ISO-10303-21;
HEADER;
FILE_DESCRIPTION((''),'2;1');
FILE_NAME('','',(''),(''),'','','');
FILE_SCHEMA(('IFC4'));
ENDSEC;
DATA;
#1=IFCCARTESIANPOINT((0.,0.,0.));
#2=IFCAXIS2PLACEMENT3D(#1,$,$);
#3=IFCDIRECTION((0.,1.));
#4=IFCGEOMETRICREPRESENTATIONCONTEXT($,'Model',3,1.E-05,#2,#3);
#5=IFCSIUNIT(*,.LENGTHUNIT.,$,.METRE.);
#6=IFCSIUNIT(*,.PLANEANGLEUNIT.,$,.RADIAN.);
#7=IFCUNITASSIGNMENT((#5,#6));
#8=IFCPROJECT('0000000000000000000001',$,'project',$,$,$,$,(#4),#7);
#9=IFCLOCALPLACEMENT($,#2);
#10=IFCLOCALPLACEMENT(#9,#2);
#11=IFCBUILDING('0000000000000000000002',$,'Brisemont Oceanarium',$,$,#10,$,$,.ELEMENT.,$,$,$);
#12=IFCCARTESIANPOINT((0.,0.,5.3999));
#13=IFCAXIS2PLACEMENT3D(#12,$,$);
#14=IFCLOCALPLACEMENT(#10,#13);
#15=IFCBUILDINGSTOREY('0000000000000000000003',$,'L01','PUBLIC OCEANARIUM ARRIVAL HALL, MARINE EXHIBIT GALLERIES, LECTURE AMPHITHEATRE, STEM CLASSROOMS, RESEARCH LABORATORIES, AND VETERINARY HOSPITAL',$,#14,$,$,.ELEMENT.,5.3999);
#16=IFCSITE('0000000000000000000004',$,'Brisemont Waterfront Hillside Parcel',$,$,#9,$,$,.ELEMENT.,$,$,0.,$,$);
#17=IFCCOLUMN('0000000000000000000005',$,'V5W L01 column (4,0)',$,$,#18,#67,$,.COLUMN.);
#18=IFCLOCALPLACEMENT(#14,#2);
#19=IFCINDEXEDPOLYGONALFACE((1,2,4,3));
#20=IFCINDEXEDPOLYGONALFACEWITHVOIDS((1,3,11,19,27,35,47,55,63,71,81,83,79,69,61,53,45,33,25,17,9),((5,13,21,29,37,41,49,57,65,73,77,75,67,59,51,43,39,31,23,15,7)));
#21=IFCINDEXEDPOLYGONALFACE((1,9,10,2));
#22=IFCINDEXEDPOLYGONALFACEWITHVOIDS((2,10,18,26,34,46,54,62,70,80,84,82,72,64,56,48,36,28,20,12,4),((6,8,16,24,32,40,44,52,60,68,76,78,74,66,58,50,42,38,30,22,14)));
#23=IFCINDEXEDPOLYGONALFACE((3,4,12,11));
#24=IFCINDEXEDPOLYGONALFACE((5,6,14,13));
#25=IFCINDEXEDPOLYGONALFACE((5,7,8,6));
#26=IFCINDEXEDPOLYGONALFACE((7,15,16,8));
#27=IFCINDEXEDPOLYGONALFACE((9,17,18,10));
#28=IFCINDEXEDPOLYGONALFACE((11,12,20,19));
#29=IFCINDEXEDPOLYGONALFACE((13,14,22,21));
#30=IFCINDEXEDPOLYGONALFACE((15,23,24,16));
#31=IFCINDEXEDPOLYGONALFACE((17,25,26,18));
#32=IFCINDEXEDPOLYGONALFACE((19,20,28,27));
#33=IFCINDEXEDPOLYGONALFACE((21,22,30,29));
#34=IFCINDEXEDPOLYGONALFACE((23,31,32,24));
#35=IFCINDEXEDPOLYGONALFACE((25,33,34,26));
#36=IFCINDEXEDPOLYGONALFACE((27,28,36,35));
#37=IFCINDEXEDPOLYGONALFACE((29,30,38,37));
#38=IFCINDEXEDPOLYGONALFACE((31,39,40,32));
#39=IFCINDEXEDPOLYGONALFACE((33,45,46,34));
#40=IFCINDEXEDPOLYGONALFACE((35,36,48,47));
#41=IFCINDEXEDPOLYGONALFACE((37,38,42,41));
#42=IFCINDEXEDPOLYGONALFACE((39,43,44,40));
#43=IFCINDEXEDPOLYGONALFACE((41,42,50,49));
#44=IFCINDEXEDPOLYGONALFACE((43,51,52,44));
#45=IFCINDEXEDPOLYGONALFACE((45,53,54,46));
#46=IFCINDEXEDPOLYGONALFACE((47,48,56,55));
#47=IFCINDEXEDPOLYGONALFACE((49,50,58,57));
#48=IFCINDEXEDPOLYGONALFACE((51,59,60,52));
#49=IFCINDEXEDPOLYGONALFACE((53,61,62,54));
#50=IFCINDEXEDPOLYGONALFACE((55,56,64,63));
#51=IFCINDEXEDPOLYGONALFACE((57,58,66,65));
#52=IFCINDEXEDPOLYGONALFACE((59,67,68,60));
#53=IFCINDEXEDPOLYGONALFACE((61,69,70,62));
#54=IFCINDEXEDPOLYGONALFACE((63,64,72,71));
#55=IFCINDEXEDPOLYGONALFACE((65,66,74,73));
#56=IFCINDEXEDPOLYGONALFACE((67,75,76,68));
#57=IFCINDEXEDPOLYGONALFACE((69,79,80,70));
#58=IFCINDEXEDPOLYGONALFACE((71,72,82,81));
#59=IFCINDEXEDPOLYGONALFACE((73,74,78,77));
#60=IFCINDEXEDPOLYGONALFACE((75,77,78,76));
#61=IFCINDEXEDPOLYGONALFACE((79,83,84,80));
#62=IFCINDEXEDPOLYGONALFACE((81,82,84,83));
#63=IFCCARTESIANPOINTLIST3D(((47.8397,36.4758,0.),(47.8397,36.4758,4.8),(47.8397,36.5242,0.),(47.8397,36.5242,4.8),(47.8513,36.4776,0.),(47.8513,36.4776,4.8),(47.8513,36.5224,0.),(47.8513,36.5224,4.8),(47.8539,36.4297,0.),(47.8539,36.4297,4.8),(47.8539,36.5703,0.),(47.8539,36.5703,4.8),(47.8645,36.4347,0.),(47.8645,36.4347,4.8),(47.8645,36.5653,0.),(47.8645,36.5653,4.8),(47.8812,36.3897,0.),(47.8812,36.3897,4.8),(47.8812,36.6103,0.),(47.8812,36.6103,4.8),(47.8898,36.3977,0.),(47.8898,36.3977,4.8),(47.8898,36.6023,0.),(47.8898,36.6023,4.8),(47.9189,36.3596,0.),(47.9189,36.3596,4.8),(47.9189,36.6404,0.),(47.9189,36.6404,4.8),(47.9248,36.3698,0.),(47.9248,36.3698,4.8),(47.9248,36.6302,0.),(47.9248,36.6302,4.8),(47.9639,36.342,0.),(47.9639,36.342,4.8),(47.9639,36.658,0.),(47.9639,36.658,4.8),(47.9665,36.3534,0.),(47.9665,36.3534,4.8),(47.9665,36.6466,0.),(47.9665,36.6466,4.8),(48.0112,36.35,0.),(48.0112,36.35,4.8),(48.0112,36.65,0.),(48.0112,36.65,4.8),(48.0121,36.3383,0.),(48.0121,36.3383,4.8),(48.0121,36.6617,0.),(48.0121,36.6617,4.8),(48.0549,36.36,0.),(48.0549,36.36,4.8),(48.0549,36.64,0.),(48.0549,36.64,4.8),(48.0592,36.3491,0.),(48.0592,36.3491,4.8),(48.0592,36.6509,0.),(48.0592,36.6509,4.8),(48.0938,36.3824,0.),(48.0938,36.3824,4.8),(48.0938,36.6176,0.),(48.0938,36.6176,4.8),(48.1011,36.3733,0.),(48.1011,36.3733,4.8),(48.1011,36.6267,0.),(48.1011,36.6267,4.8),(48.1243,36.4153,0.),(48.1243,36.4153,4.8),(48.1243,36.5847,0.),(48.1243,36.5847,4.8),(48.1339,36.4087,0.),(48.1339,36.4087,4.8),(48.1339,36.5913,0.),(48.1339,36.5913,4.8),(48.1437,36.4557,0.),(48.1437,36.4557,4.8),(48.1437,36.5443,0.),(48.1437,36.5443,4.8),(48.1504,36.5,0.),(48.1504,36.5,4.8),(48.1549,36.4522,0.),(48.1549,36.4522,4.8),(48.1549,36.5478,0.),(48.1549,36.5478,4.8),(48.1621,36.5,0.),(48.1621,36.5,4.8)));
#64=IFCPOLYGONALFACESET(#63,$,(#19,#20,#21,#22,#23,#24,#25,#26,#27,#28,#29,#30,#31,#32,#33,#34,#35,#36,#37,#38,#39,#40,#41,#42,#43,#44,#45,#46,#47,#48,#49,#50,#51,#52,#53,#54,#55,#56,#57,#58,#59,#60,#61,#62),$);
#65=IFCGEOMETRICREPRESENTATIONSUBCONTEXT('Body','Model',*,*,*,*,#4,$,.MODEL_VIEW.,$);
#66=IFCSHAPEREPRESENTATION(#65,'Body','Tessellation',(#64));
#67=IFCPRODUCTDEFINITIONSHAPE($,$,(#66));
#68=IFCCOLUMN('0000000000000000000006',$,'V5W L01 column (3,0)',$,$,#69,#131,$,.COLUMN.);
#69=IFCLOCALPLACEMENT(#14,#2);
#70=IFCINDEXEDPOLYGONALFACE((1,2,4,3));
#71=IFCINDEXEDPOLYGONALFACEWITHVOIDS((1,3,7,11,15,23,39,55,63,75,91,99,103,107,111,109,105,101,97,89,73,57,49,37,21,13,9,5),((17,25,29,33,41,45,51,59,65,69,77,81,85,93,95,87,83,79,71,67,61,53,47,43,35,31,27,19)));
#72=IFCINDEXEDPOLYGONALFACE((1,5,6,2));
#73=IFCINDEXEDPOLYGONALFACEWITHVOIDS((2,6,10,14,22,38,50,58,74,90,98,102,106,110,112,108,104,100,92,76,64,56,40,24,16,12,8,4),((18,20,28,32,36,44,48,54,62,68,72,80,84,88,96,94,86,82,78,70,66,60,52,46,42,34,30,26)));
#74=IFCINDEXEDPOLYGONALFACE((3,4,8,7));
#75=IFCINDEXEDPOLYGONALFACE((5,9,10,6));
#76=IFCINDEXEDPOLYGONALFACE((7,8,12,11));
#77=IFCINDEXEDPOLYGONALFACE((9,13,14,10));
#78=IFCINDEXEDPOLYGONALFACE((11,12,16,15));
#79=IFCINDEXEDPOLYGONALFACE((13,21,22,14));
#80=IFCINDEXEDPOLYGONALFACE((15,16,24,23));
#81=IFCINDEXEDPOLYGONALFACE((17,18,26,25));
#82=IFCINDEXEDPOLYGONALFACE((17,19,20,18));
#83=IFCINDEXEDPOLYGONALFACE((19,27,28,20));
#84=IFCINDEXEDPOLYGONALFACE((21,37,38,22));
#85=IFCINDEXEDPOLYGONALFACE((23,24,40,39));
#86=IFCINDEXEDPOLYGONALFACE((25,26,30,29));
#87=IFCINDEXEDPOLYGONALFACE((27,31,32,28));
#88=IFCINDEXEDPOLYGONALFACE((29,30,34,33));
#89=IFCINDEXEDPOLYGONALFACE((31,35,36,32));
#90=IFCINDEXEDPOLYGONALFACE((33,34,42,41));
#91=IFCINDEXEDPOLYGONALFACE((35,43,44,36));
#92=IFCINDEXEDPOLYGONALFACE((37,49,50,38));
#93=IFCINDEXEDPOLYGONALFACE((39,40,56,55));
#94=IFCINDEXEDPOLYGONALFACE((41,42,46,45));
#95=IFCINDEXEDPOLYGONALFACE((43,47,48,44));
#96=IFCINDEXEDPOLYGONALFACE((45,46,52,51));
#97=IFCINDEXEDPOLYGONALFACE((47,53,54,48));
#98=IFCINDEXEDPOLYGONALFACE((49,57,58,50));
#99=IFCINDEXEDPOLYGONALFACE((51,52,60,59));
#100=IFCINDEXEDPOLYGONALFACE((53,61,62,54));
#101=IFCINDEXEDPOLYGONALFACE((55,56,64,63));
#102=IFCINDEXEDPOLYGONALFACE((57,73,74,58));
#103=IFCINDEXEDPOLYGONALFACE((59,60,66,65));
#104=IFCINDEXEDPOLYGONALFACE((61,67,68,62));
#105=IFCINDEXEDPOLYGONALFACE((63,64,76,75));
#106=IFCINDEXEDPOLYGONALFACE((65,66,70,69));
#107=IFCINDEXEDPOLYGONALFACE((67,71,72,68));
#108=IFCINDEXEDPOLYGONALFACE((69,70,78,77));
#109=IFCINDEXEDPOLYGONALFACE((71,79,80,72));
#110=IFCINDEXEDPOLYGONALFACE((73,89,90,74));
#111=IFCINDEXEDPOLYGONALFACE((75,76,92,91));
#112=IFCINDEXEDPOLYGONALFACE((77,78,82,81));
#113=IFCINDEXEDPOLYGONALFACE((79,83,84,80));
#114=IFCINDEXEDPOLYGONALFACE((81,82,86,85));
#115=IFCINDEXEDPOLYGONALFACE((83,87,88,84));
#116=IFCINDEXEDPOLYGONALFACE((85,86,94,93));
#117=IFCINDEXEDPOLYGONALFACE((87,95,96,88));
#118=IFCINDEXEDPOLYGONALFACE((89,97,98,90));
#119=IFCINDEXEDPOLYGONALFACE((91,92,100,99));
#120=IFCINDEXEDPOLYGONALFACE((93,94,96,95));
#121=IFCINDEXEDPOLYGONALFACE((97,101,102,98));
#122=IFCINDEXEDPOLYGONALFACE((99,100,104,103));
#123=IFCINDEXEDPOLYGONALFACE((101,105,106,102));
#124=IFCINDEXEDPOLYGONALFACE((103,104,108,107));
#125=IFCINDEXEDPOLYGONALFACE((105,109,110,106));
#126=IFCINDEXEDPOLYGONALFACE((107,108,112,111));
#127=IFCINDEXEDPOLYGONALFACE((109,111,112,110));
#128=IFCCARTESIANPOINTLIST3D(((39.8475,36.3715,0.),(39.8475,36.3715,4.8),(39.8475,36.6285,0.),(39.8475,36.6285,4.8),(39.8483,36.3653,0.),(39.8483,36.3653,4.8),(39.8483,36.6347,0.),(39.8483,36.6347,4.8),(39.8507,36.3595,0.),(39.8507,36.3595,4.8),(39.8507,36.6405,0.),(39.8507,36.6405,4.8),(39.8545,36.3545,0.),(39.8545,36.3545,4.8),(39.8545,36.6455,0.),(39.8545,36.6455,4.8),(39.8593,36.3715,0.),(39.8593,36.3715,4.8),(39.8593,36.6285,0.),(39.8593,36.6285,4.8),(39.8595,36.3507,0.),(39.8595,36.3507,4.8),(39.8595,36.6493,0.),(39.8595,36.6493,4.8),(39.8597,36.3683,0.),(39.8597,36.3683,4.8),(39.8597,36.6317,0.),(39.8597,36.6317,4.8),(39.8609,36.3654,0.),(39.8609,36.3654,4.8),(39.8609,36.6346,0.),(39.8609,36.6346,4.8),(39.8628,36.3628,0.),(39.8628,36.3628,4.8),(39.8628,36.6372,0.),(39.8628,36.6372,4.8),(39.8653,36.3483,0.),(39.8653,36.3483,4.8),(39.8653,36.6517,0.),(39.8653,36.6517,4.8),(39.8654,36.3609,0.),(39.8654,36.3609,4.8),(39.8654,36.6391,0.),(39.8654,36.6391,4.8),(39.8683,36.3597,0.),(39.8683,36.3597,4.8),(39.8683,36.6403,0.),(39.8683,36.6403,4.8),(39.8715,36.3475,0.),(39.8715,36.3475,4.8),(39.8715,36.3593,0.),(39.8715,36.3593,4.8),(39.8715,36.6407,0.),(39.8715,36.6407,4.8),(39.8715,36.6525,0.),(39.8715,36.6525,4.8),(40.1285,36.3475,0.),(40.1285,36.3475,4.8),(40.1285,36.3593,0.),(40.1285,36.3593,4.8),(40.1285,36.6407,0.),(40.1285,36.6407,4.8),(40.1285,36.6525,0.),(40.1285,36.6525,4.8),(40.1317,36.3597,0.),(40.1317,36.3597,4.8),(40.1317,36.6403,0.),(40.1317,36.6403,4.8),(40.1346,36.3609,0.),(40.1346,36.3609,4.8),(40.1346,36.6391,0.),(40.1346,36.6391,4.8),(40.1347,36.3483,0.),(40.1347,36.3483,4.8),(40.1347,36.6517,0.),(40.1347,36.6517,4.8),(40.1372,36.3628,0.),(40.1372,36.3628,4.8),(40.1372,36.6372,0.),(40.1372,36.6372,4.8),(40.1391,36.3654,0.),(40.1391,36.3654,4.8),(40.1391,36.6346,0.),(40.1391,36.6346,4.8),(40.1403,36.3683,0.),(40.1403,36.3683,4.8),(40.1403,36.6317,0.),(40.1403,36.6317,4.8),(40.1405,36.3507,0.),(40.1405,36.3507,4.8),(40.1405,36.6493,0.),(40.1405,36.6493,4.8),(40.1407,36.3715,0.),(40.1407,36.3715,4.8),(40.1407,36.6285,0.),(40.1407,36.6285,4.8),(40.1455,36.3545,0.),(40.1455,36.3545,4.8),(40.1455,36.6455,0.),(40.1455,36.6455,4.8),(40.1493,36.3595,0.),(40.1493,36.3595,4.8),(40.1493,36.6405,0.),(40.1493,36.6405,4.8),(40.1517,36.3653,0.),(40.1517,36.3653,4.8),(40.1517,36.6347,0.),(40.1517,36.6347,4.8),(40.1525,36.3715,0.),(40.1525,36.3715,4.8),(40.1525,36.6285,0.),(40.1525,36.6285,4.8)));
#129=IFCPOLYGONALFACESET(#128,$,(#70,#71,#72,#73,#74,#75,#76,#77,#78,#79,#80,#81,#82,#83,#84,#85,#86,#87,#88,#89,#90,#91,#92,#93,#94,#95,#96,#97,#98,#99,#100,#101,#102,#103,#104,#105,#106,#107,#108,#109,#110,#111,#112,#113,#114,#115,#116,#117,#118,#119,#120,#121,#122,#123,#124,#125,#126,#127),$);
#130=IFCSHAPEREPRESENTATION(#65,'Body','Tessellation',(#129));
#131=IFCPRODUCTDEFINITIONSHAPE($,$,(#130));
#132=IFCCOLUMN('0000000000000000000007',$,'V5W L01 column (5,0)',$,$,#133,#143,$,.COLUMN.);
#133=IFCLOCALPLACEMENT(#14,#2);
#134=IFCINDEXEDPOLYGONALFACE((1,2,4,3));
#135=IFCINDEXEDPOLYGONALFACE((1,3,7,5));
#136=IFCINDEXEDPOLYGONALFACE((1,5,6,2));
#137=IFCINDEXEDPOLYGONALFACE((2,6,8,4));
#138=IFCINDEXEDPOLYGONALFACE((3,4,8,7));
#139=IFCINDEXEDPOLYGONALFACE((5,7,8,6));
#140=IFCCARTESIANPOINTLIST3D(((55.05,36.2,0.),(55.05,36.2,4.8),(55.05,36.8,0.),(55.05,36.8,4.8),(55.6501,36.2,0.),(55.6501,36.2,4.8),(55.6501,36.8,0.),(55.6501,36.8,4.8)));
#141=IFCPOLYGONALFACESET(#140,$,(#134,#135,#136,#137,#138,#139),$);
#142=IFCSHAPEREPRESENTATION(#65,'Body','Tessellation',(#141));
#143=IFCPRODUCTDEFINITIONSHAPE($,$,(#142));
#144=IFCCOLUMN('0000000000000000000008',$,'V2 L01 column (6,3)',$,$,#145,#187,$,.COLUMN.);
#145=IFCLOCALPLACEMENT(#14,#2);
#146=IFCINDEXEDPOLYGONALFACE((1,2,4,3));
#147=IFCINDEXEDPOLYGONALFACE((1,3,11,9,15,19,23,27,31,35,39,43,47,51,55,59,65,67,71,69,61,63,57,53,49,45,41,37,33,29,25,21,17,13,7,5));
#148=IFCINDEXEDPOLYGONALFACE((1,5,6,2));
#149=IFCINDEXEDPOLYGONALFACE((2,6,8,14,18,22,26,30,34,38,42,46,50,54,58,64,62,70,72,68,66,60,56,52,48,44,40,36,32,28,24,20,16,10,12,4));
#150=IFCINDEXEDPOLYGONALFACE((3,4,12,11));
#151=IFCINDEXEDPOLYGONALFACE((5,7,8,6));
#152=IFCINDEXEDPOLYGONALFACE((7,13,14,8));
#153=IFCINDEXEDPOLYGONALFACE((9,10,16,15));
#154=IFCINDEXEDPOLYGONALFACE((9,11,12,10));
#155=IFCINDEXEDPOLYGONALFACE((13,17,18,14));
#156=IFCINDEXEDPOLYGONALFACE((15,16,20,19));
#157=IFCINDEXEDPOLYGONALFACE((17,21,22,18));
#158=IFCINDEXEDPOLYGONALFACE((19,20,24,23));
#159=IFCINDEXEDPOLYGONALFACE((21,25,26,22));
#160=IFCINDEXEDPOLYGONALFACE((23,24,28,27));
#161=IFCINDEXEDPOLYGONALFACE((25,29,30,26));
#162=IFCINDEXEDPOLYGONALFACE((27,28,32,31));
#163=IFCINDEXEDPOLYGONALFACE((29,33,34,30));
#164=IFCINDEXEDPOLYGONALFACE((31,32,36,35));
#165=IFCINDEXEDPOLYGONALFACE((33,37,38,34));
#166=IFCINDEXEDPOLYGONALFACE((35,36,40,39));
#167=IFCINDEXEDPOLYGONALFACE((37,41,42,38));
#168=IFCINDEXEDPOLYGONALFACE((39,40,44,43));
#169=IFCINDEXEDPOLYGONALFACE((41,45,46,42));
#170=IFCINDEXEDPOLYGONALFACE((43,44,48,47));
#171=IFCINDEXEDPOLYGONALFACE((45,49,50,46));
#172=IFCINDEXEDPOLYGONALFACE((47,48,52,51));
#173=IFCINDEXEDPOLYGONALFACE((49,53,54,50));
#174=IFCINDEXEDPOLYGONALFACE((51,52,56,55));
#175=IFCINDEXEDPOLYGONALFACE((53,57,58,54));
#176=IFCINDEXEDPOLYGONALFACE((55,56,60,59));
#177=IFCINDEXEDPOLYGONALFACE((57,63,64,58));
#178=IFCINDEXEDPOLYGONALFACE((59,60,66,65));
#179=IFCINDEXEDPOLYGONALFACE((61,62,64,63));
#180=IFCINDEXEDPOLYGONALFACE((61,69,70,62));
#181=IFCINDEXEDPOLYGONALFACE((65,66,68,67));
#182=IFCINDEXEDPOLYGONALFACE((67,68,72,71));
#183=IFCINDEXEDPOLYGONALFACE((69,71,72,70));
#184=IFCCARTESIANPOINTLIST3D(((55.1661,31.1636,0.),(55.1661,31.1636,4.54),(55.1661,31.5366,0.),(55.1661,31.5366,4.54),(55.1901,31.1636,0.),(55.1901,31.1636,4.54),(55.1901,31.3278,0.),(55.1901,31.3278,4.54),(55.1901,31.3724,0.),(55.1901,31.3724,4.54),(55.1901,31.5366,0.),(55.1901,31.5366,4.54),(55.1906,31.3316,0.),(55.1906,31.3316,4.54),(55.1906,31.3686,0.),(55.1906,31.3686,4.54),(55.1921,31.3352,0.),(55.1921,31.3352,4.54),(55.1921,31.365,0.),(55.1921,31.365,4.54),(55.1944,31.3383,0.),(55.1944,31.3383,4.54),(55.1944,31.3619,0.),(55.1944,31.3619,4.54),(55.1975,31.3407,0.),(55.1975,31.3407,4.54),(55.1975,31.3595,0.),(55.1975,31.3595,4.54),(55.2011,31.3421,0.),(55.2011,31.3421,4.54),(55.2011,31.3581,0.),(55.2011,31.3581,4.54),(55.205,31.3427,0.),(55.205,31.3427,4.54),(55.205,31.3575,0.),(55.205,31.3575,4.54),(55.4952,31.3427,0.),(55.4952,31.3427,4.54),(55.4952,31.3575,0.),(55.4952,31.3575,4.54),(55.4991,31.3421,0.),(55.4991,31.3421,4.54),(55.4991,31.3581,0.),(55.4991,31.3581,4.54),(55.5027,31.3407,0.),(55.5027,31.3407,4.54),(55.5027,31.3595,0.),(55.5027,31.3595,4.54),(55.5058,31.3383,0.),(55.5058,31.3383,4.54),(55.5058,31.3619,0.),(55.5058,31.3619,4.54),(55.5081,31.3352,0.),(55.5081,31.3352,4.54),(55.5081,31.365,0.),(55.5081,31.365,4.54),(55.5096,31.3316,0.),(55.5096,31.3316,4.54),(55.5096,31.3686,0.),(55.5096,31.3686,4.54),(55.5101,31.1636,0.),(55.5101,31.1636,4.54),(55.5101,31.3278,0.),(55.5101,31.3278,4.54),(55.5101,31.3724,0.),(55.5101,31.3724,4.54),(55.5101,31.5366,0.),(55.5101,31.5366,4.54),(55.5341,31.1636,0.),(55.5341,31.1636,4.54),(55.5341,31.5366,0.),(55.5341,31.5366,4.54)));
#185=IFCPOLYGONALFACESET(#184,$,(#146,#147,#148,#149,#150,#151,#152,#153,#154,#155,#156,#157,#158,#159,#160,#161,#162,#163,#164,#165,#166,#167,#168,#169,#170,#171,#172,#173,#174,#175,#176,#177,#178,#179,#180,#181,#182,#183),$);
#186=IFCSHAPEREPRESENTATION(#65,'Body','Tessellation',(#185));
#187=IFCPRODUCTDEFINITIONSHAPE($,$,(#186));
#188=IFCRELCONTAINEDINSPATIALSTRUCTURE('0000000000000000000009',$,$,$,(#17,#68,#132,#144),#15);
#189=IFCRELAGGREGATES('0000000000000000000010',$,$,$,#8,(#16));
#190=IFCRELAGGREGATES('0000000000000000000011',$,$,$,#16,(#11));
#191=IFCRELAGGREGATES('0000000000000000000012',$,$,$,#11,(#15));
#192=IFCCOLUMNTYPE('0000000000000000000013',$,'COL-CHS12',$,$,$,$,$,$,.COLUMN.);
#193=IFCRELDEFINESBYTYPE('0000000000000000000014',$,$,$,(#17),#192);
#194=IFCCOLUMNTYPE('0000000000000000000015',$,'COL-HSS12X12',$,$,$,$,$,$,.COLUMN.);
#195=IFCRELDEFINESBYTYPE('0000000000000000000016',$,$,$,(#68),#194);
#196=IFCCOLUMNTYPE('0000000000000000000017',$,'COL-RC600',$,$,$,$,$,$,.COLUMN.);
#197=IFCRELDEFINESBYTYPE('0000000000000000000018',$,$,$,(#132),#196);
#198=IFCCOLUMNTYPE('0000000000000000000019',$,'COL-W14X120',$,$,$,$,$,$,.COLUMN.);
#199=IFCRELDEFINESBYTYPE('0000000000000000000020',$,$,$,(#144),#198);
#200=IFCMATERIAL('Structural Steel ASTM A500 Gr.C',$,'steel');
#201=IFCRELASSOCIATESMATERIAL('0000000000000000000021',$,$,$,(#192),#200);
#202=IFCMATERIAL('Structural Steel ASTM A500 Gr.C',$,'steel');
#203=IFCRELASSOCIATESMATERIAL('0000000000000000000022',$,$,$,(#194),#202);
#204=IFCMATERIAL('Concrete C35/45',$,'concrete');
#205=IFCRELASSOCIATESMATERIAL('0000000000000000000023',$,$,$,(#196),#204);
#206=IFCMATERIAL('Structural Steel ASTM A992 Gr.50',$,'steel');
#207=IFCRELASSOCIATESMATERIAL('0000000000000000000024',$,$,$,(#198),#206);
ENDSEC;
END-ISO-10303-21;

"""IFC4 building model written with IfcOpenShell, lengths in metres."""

from ifc_helpers import new_model, si_unit, direction, frame, origin, origin_2d, place, context, subcontext, project, spatial, rectangle, hollow_rectangle, hollow_circle, i_section, extrude, material, material_profile, profile_set, type_object, element, save


model = new_model("IFC4")

# Units and contexts
model_context = context("Model", 3, precision=1e-05, world=origin(), true_north=direction((0.0, 1.0)))
body_context = subcontext(model_context, "Body", "Model", "MODEL_VIEW")
ifc_project = project(units=[si_unit("LENGTHUNIT", "METRE"), si_unit("PLANEANGLEUNIT", "RADIAN")], contexts=[model_context])

# Site, building, storey
site_placement = place(None, origin())
site = spatial("IfcSite", under=ifc_project, at=site_placement, Name="Brisemont Waterfront Hillside Parcel", CompositionType="ELEMENT", RefElevation=0.0)
building_placement = place(site_placement, origin())
building = spatial("IfcBuilding", under=site, at=building_placement, Name="Brisemont Oceanarium", CompositionType="ELEMENT")
storey_placement = place(building_placement, frame((0.0, 0.0, 5.3999)))
storey = spatial("IfcBuildingStorey", under=building, at=storey_placement, Name="L01", Description="PUBLIC OCEANARIUM ARRIVAL HALL, MARINE EXHIBIT GALLERIES, LECTURE AMPHITHEATRE, STEM CLASSROOMS, RESEARCH LABORATORIES, AND VETERINARY HOSPITAL", CompositionType="ELEMENT", Elevation=5.3999)

# Columns
ifc_material_1 = material(Name="Structural Steel ASTM A500 Gr.C", Category="steel")
ifc_material_profile_1 = material_profile(ifc_material_1, hollow_circle(Radius=0.1621, WallThickness=0.0117, at=origin_2d()), Name="HSS12.750X0.500")
ifc_profile_set_1 = profile_set([ifc_material_profile_1], Name="Structural Steel ASTM A500 Gr.C")
column_type_1 = type_object("IfcColumnType", Name="COL-CHS12", PredefinedType="COLUMN", material=ifc_profile_set_1)
column_1_placement = place(storey_placement, frame((48.0, 36.5, 0.0), z_axis=(0.0, 0.0, 1.0), x_axis=(1.0, 0.0, 0.0)))
element("IfcColumn", 1, at=column_1_placement, inside=storey, type_object=column_type_1, Name="V5W L01 column (4,0)", PredefinedType="COLUMN", context=body_context, shape_type="SweptSolid", body=[
    extrude(hollow_circle(Radius=0.1621, WallThickness=0.0117, at=origin_2d()), origin(), (0.0, 0.0, 1.0), 4.8),
])
ifc_material_2 = material(Name="Structural Steel ASTM A500 Gr.C", Category="steel")
ifc_material_profile_2 = material_profile(ifc_material_2, hollow_rectangle(XDim=0.3049, YDim=0.3049, WallThickness=0.0117, InnerFilletRadius=0.0122, OuterFilletRadius=0.0239, at=origin_2d()), Name="HSS12X12X1/2")
ifc_profile_set_2 = profile_set([ifc_material_profile_2], Name="Structural Steel ASTM A500 Gr.C")
column_type_2 = type_object("IfcColumnType", Name="COL-HSS12X12", PredefinedType="COLUMN", material=ifc_profile_set_2)
column_2_placement = place(storey_placement, frame((40.0, 36.5, 0.0), z_axis=(0.0, 0.0, 1.0), x_axis=(0.0, 1.0, 0.0)))
element("IfcColumn", 2, at=column_2_placement, inside=storey, type_object=column_type_2, Name="V5W L01 column (3,0)", PredefinedType="COLUMN", context=body_context, shape_type="SweptSolid", body=[
    extrude(hollow_rectangle(XDim=0.3049, YDim=0.3049, WallThickness=0.0117, InnerFilletRadius=0.0122, OuterFilletRadius=0.0239, at=origin_2d()), origin(), (0.0, 0.0, 1.0), 4.8),
])
ifc_material_3 = material(Name="Concrete C35/45", Category="concrete")
ifc_material_profile_3 = material_profile(ifc_material_3, rectangle(XDim=0.6001, YDim=0.6001, at=origin_2d()), Name="RC-COL-600X600")
ifc_profile_set_3 = profile_set([ifc_material_profile_3], Name="Concrete C35/45")
column_type_3 = type_object("IfcColumnType", Name="COL-RC600", PredefinedType="COLUMN", material=ifc_profile_set_3)
column_3_placement = place(storey_placement, frame((55.3501, 36.5, 0.0), z_axis=(0.0, 0.0, 1.0), x_axis=(0.0, 1.0, 0.0)))
element("IfcColumn", 3, at=column_3_placement, inside=storey, type_object=column_type_3, Name="V5W L01 column (5,0)", PredefinedType="COLUMN", context=body_context, shape_type="SweptSolid", body=[
    extrude(rectangle(XDim=0.6001, YDim=0.6001, at=origin_2d()), origin(), (0.0, 0.0, 1.0), 4.8),
])
ifc_material_4 = material(Name="Structural Steel ASTM A992 Gr.50", Category="steel")
ifc_material_profile_4 = material_profile(ifc_material_4, i_section(OverallWidth=0.373, OverallDepth=0.3679, WebThickness=0.0149, FlangeThickness=0.0239, FilletRadius=0.0149, at=origin_2d()), Name="W14X120")
ifc_profile_set_4 = profile_set([ifc_material_profile_4], Name="Structural Steel ASTM A992 Gr.50")
column_type_4 = type_object("IfcColumnType", Name="COL-W14X120", PredefinedType="COLUMN", material=ifc_profile_set_4)
column_4_placement = place(storey_placement, frame((55.3501, 31.3501, 0.0), z_axis=(0.0, 0.0, 1.0), x_axis=(0.0, 1.0, 0.0)))
element("IfcColumn", 4, at=column_4_placement, inside=storey, type_object=column_type_4, Name="V2 L01 column (6,3)", PredefinedType="COLUMN", context=body_context, shape_type="SweptSolid", body=[
    extrude(i_section(OverallWidth=0.373, OverallDepth=0.3679, WebThickness=0.0149, FlangeThickness=0.0239, FilletRadius=0.0149, at=origin_2d()), origin(), (0.0, 0.0, 1.0), 4.54),
])

save(model, "model.ifc")
